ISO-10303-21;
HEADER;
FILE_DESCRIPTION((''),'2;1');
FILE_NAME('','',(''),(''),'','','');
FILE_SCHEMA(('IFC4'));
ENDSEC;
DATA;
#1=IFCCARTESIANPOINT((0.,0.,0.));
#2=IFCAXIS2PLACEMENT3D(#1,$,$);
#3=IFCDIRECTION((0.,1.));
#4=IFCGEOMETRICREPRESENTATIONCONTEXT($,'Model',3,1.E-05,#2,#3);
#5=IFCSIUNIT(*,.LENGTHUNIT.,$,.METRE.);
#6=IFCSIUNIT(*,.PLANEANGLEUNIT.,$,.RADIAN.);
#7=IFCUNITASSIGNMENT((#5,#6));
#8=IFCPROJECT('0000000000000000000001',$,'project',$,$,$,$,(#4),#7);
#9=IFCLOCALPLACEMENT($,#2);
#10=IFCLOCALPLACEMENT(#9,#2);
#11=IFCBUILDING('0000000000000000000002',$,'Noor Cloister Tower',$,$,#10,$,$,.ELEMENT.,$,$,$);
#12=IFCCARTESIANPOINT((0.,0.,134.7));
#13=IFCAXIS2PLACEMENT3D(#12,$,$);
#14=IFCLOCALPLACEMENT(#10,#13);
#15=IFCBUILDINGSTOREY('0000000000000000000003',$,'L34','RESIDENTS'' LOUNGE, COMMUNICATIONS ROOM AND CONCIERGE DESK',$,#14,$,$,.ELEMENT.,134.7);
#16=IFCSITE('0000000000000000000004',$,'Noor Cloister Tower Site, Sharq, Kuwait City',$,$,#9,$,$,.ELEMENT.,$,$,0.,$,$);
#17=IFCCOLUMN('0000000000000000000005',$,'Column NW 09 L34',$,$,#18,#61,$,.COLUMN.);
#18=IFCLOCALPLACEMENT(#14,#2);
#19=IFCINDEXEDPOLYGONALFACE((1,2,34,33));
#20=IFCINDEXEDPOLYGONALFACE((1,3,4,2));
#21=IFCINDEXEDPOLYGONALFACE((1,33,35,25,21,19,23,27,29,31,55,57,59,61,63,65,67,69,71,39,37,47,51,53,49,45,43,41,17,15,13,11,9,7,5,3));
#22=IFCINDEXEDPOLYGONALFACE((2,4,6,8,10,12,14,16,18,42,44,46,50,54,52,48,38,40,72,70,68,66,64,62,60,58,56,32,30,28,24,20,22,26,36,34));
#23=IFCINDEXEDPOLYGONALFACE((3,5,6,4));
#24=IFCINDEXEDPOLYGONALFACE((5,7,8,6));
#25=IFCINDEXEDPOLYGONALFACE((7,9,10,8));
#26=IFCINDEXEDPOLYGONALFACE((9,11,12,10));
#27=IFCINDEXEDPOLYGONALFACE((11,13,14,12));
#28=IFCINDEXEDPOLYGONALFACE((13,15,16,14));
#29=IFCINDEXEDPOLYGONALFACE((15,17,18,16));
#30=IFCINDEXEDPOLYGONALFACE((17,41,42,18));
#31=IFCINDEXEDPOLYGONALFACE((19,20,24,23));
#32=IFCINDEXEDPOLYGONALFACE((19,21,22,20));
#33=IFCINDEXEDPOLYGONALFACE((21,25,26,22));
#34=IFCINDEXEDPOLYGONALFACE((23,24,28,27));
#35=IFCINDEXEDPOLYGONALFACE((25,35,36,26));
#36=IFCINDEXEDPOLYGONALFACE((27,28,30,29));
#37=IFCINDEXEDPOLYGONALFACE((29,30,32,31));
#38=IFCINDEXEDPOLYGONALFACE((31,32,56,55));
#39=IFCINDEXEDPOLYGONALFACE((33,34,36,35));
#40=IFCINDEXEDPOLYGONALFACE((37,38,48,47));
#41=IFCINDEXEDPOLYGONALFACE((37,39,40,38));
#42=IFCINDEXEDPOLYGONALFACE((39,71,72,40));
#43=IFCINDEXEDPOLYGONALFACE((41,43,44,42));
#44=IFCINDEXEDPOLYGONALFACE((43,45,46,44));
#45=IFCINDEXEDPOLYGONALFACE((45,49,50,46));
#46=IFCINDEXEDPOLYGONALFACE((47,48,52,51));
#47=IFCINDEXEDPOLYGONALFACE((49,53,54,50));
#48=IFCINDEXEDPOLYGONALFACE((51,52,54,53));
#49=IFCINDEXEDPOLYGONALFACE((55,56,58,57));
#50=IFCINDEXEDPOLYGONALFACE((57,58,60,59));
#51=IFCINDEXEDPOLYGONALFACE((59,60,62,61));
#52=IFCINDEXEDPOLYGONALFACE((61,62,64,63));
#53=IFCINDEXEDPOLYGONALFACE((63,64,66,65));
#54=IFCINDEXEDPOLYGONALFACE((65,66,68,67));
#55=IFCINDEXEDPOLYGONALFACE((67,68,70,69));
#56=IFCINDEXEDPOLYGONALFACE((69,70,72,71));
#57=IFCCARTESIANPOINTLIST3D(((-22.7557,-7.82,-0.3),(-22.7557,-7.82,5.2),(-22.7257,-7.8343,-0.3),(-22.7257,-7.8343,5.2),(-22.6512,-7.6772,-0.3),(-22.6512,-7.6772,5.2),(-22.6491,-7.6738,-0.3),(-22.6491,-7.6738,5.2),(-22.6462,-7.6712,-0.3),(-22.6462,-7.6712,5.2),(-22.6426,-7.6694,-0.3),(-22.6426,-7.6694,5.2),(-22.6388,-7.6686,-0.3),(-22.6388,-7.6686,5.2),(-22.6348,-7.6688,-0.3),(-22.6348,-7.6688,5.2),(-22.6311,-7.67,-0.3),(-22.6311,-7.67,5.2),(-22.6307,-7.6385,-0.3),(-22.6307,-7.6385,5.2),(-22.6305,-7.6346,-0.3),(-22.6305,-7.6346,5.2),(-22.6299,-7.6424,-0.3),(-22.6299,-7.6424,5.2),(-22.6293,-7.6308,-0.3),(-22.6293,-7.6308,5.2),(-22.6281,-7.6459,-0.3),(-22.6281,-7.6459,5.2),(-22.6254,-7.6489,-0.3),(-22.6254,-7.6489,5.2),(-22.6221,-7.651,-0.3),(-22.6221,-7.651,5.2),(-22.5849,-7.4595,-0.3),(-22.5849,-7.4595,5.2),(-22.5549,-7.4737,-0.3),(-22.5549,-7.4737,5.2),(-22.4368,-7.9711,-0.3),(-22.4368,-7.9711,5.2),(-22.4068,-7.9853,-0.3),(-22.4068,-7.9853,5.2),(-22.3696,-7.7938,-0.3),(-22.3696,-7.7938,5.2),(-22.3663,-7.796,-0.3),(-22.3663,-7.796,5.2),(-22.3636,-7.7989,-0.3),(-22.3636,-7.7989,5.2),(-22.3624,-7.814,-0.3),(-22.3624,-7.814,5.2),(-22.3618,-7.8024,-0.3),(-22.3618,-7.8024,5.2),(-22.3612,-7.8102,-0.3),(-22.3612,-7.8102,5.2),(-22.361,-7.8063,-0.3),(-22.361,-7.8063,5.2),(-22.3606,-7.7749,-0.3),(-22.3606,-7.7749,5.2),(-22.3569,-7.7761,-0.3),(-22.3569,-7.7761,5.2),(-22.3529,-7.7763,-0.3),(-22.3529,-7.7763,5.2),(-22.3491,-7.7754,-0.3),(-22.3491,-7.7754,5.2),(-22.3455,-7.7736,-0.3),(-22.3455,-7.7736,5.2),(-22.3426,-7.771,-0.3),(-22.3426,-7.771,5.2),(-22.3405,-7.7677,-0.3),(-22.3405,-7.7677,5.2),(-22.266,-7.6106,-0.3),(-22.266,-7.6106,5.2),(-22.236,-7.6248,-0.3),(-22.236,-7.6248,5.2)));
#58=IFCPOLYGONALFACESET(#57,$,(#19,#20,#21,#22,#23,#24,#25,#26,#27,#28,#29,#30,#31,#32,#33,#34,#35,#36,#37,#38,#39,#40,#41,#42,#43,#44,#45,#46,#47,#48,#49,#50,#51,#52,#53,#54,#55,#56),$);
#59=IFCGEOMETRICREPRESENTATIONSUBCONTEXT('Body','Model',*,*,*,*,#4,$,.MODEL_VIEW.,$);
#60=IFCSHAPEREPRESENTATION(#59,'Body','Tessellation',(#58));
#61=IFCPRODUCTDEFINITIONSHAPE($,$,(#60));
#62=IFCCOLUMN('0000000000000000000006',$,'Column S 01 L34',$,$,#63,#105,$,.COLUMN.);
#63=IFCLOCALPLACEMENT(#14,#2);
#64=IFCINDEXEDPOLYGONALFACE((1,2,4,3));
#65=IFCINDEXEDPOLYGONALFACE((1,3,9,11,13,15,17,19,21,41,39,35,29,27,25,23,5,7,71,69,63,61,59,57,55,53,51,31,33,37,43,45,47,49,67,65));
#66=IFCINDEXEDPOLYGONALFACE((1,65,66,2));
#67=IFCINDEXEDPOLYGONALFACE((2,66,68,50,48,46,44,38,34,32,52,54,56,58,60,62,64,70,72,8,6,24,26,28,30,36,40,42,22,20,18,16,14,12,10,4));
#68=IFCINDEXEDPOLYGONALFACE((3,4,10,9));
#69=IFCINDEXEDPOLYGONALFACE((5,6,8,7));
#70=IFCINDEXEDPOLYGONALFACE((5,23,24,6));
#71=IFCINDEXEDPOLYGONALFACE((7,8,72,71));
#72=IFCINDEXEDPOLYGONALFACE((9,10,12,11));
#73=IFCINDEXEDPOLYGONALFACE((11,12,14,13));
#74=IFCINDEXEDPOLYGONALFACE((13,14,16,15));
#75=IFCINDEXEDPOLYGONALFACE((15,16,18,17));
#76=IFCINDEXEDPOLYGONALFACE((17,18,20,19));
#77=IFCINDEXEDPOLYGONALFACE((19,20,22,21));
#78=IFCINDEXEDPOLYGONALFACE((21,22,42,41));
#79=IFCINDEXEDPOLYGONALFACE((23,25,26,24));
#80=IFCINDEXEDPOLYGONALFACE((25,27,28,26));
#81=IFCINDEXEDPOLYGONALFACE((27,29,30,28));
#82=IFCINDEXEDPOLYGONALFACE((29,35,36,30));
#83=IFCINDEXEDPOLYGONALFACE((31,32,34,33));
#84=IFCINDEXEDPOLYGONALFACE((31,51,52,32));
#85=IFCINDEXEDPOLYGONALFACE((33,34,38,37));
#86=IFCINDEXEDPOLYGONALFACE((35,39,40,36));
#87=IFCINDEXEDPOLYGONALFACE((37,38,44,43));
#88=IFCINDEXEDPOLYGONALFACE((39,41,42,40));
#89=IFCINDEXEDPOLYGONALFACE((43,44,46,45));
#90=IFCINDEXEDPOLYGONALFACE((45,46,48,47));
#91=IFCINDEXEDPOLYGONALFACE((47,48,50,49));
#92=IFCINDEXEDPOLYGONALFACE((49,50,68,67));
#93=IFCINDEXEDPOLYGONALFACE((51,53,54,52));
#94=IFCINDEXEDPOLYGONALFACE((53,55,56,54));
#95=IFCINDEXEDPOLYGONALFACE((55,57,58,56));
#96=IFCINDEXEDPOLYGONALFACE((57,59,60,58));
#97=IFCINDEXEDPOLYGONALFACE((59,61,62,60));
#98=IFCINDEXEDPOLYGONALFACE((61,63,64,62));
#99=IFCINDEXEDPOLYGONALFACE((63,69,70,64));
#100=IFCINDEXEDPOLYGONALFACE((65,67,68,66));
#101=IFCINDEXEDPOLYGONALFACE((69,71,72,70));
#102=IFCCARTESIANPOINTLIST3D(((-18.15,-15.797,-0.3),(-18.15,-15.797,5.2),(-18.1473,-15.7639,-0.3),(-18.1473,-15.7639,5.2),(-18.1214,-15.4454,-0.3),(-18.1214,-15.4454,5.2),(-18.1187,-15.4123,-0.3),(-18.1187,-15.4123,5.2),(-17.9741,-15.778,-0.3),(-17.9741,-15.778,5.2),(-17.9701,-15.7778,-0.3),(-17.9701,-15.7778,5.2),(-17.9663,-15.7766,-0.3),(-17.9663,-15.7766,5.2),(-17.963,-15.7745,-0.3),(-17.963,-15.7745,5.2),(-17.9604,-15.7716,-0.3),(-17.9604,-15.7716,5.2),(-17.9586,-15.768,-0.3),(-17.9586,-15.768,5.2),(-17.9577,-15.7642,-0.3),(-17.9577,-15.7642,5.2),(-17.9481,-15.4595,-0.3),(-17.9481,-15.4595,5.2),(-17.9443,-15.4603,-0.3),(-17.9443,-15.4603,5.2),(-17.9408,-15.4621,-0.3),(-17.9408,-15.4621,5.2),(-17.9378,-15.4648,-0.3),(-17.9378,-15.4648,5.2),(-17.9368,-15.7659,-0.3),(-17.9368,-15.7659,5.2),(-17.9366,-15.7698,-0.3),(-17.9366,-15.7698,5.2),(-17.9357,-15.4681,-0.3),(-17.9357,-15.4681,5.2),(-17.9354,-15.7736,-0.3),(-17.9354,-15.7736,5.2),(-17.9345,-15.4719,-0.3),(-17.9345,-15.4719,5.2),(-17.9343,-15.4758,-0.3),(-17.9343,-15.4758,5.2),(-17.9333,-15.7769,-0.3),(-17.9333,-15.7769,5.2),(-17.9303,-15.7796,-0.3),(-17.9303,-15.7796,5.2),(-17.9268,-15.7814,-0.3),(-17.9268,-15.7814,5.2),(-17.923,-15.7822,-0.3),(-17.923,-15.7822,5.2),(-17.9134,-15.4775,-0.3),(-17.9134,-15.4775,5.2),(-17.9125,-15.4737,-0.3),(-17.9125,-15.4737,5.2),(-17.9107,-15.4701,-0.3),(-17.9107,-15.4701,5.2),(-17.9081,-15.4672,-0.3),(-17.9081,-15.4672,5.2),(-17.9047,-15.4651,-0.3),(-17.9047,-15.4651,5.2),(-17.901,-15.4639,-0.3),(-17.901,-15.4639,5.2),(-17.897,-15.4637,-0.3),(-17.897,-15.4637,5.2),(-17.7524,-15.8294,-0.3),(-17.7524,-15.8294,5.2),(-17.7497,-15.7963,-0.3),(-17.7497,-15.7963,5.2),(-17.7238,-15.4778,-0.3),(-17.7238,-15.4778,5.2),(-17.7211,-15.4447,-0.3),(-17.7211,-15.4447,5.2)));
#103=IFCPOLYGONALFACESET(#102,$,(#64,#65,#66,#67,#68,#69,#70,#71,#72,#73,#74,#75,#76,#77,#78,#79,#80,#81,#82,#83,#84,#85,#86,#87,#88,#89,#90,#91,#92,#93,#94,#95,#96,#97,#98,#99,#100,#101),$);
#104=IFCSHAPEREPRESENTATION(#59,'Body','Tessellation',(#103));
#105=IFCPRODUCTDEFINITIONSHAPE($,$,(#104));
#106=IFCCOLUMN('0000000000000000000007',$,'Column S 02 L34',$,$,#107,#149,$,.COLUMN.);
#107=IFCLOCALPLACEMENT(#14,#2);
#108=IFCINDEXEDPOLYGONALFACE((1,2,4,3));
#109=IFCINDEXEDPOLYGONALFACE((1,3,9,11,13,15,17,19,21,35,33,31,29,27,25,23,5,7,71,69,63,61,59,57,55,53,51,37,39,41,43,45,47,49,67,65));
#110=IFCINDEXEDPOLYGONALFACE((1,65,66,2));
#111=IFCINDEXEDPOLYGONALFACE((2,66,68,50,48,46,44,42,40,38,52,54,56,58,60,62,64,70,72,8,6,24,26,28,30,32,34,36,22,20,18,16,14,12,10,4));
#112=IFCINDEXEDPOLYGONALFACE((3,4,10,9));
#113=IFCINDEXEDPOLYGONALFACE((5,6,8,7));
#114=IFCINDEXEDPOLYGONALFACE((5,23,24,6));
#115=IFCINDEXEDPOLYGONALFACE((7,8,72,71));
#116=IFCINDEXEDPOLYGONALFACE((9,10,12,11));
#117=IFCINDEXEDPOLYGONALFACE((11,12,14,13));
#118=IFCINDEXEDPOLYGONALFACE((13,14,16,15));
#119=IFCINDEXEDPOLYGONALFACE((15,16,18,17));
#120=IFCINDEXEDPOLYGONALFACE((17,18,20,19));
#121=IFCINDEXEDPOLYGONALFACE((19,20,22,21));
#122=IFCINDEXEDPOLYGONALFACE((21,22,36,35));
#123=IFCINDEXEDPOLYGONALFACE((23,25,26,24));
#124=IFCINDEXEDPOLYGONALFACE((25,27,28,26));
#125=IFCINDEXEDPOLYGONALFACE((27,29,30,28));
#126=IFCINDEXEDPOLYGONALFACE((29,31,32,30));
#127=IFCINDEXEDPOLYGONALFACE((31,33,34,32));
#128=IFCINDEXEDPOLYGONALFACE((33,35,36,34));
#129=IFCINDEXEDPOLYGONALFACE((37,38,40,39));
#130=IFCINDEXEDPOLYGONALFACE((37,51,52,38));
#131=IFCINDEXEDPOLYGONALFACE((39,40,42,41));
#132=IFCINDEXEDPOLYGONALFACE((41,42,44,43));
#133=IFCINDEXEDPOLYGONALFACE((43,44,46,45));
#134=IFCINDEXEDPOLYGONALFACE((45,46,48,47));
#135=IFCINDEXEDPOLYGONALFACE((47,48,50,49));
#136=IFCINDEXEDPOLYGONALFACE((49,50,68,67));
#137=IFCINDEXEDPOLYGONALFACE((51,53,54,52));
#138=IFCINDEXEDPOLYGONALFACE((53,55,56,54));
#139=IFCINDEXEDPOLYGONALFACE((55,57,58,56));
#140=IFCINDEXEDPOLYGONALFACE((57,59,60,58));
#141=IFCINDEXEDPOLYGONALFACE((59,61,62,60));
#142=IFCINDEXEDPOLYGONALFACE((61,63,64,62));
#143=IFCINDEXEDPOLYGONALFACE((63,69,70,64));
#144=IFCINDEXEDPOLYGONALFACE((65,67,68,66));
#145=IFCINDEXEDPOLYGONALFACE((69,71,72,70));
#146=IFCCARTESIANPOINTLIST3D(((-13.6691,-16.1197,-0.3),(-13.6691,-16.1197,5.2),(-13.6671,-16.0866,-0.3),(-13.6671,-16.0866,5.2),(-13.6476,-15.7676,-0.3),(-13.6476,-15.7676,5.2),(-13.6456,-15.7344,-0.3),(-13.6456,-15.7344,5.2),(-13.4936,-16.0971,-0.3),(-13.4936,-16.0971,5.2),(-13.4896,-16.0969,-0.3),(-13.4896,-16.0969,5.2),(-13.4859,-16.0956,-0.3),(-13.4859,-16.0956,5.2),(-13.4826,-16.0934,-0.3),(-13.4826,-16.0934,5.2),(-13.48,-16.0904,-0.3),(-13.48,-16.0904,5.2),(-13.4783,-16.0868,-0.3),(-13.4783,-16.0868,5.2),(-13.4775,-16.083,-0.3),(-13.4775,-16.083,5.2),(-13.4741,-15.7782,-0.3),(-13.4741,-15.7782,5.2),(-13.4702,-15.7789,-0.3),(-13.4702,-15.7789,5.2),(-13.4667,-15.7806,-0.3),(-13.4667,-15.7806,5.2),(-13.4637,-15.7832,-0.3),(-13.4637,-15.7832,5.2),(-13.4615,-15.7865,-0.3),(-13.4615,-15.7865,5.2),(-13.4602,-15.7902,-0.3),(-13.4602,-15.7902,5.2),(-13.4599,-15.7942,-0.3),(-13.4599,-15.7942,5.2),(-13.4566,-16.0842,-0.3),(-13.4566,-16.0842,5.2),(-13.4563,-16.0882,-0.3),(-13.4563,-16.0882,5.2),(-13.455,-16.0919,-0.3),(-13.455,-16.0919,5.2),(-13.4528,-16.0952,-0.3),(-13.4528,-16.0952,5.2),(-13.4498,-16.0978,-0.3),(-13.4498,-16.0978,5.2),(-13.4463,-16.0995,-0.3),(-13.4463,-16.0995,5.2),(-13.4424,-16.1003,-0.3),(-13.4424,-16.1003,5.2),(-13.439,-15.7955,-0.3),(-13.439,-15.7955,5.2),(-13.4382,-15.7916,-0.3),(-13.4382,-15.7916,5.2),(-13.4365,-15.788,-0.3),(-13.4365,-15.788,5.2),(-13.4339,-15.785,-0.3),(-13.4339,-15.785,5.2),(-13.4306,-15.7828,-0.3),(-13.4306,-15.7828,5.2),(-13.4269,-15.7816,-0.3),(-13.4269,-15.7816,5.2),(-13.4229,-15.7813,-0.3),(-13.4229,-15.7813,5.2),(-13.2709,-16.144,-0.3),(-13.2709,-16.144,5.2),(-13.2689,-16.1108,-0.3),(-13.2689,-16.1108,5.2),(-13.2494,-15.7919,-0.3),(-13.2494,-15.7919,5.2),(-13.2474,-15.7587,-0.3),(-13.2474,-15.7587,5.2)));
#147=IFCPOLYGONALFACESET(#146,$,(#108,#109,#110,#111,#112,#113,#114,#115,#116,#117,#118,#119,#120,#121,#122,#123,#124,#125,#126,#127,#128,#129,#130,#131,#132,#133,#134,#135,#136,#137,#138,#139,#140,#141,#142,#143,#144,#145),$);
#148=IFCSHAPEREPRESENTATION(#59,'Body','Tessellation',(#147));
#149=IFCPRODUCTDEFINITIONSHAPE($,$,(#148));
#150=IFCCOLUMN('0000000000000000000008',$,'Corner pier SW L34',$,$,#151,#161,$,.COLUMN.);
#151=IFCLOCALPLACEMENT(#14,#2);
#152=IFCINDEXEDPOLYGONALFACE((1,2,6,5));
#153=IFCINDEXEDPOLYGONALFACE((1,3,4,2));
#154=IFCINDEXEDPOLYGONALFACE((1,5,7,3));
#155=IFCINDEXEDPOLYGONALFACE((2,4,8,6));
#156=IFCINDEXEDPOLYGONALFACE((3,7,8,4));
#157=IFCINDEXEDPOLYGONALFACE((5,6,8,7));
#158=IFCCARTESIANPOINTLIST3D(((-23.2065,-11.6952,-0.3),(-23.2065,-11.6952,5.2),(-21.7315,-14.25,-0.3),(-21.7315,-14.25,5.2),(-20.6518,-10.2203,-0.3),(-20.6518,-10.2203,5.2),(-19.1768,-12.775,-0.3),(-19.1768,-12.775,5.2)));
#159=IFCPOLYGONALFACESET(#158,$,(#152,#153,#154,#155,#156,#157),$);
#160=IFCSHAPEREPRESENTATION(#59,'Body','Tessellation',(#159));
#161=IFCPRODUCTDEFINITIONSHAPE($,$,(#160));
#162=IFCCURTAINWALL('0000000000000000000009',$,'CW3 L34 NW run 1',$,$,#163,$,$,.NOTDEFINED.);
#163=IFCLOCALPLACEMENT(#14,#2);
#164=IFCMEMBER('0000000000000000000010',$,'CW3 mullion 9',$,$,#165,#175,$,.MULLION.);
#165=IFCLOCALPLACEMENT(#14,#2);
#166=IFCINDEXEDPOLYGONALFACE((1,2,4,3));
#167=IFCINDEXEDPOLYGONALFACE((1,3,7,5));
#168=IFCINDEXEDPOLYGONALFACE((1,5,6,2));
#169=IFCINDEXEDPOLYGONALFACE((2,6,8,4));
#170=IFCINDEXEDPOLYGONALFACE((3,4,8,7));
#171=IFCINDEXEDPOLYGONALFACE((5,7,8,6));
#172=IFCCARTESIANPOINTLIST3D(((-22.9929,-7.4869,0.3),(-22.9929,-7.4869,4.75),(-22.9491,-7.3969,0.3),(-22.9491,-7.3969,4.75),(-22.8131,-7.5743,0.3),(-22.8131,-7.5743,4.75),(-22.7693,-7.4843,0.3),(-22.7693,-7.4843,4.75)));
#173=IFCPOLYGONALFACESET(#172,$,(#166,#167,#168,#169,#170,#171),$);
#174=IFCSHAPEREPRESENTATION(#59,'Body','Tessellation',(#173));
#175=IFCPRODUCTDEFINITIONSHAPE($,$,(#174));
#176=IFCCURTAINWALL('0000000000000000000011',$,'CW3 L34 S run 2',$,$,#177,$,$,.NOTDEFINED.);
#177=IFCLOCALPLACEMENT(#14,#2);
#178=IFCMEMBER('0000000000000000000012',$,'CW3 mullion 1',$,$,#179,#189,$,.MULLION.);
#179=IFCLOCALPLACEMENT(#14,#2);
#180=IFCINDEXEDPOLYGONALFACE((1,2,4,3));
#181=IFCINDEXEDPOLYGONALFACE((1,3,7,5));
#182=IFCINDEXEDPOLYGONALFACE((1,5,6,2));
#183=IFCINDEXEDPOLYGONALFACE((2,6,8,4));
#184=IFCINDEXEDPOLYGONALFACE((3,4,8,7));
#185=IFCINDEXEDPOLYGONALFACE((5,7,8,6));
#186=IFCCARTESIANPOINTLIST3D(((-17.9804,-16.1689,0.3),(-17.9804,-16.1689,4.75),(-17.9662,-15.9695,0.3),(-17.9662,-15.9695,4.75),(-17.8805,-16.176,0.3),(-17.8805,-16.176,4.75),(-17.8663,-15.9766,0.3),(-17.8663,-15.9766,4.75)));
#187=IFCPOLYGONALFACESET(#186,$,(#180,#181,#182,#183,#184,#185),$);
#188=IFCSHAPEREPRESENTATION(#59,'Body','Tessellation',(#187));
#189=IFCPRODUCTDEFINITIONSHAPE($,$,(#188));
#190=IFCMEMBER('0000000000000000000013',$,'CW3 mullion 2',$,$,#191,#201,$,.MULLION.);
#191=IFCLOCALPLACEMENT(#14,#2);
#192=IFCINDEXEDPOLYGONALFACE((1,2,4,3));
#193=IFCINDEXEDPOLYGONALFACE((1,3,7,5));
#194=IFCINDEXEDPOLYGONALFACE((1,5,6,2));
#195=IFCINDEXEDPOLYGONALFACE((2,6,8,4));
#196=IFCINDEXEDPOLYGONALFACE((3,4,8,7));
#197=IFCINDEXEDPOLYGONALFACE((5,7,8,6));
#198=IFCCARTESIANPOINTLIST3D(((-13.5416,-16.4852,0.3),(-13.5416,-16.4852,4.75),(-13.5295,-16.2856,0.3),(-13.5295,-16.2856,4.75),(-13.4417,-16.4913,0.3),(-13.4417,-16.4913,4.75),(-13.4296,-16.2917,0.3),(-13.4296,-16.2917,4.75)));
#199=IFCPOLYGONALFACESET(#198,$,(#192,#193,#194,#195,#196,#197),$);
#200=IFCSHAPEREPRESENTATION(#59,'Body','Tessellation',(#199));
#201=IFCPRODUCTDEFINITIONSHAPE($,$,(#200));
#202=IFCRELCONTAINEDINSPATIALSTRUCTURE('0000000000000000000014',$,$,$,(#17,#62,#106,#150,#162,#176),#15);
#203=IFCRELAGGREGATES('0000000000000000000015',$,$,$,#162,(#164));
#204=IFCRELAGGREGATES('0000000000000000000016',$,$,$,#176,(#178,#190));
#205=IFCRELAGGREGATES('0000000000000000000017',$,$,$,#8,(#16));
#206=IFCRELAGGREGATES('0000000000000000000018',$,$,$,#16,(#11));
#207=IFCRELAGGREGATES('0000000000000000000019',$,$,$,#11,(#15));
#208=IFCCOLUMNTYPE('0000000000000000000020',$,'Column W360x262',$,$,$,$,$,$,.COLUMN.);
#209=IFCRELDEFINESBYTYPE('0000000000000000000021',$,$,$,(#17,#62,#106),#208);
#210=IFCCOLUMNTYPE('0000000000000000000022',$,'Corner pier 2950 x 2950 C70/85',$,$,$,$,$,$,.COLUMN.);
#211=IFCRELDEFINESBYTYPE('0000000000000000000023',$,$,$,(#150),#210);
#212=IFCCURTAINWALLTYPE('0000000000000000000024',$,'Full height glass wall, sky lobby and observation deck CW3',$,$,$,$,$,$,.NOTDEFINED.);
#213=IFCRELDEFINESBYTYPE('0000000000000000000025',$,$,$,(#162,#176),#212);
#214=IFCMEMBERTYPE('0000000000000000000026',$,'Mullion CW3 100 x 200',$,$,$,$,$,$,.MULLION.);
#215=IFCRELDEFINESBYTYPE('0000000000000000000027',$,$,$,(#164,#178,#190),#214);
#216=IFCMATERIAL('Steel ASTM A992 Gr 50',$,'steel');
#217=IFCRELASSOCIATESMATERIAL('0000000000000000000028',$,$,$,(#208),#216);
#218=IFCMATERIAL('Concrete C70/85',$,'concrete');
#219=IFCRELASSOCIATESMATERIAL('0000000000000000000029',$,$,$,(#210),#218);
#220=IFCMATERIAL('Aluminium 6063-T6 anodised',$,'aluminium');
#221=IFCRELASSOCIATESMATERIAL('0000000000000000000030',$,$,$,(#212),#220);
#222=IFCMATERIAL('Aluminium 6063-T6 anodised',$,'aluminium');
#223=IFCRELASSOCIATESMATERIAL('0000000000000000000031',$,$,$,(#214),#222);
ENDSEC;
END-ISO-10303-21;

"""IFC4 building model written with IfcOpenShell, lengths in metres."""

from ifc_helpers import new_model, si_unit, direction, frame, origin, origin_2d, place, context, subcontext, project, spatial, rectangle, i_section, extrude, material, material_profile, profile_set, type_object, element, aggregate, save


model = new_model("IFC4")

# Units and contexts
model_context = context("Model", 3, precision=1e-05, world=origin(), true_north=direction((0.0, 1.0)))
body_context = subcontext(model_context, "Body", "Model", "MODEL_VIEW")
ifc_project = project(units=[si_unit("LENGTHUNIT", "METRE"), si_unit("PLANEANGLEUNIT", "RADIAN")], contexts=[model_context])

# Site, building, storey
site_placement = place(None, origin())
site = spatial("IfcSite", under=ifc_project, at=site_placement, Name="Noor Cloister Tower Site, Sharq, Kuwait City", CompositionType="ELEMENT", RefElevation=0.0)
building_placement = place(site_placement, origin())
building = spatial("IfcBuilding", under=site, at=building_placement, Name="Noor Cloister Tower", CompositionType="ELEMENT")
storey_placement = place(building_placement, frame((0.0, 0.0, 134.7)))
storey = spatial("IfcBuildingStorey", under=building, at=storey_placement, Name="L34", Description="RESIDENTS' LOUNGE, COMMUNICATIONS ROOM AND CONCIERGE DESK", CompositionType="ELEMENT", Elevation=134.7)

# Columns
ifc_material_1 = material(Name="Steel ASTM A992 Gr 50", Category="steel")
ifc_material_profile_1 = material_profile(ifc_material_1, i_section(OverallWidth=0.3989, OverallDepth=0.386, WebThickness=0.021, FlangeThickness=0.0332, FilletRadius=0.0151, at=origin_2d()), Name="W360x262")
ifc_profile_set_1 = profile_set([ifc_material_profile_1], Name="Steel ASTM A992 Gr 50")
column_type_1 = type_object("IfcColumnType", Name="Column W360x262", PredefinedType="COLUMN", material=ifc_profile_set_1)
for number, where, z_axis, x_axis, name in (
    (1, (-22.4958, -7.7224, -0.3), (0.0, 0.0, 1.0), (-0.428127, -0.903718, 0.0), "Column NW 09 L34"),
    (2, (-17.9355, -15.6208, -0.3), (0.0, 0.0, 1.0), (0.996707, -0.08109, 0.0), "Column S 01 L34"),
    (3, (-13.4583, -15.9392, -0.3), (0.0, 0.0, 1.0), (0.998147, -0.060847, 0.0), "Column S 02 L34"),
):
    element("IfcColumn", number, at=place(storey_placement, frame(where, z_axis=z_axis, x_axis=x_axis)), inside=storey, type_object=column_type_1, Name=name, PredefinedType="COLUMN", context=body_context, shape_type="SweptSolid", body=[
        extrude(i_section(OverallWidth=0.3989, OverallDepth=0.386, WebThickness=0.021, FlangeThickness=0.0332, FilletRadius=0.0151, at=origin_2d()), origin(), (0.0, 0.0, 1.0), 5.5),
    ])
ifc_material_2 = material(Name="Concrete C70/85", Category="concrete")
ifc_material_profile_2 = material_profile(ifc_material_2, rectangle(XDim=2.95, YDim=2.95, at=origin_2d()), Name="RC 2950x2950")
ifc_profile_set_2 = profile_set([ifc_material_profile_2], Name="Concrete C70/85")
column_type_2 = type_object("IfcColumnType", Name="Corner pier 2950 x 2950 C70/85", PredefinedType="COLUMN", material=ifc_profile_set_2)
column_placement = place(storey_placement, frame((-21.1917, -12.2351, -0.3), z_axis=(0.0, 0.0, 1.0), x_axis=(-0.866025, -0.5, 0.0)))
element("IfcColumn", 4, at=column_placement, inside=storey, type_object=column_type_2, Name="Corner pier SW L34", PredefinedType="COLUMN", context=body_context, shape_type="SweptSolid", body=[
    extrude(rectangle(XDim=2.95, YDim=2.95, at=origin_2d()), origin(), (0.0, 0.0, 1.0), 5.5),
])

# Curtain wall, member
ifc_material_3 = material(Name="Aluminium 6063-T6 anodised", Category="aluminium")
curtain_wall_type = type_object("IfcCurtainWallType", Name="Full height glass wall, sky lobby and observation deck CW3", PredefinedType="NOTDEFINED", material=ifc_material_3)
curtain_wall_1_placement = place(storey_placement, origin())
curtain_wall_1 = element("IfcCurtainWall", 5, at=curtain_wall_1_placement, inside=storey, type_object=curtain_wall_type, Name="CW3 L34 NW run 1", PredefinedType="NOTDEFINED")
ifc_material_4 = material(Name="Aluminium 6063-T6 anodised", Category="aluminium")
ifc_material_profile_3 = material_profile(ifc_material_4, rectangle(XDim=0.2, YDim=0.1001, at=origin_2d()), Name="200 x 100 mullion")
ifc_profile_set_3 = profile_set([ifc_material_profile_3], Name="Aluminium 6063-T6 anodised")
member_type = type_object("IfcMemberType", Name="Mullion CW3 100 x 200", PredefinedType="MULLION", material=ifc_profile_set_3)
member_1_placement = place(storey_placement, frame((-22.8811, -7.4856, 0.3), z_axis=(0.0, 0.0, 1.0), x_axis=(0.899328, -0.437276, 0.0)))
member_1 = element("IfcMember", 6, at=member_1_placement, type_object=member_type, Name="CW3 mullion 9", PredefinedType="MULLION", context=body_context, shape_type="SweptSolid", body=[
    extrude(rectangle(XDim=0.2, YDim=0.1001, at=origin_2d()), origin(), (0.0, 0.0, 1.0), 4.45),
])
aggregate(curtain_wall_1, [member_1])

# Curtain wall, members
curtain_wall_2_placement = place(storey_placement, origin())
curtain_wall_2 = element("IfcCurtainWall", 7, at=curtain_wall_2_placement, inside=storey, type_object=curtain_wall_type, Name="CW3 L34 S run 2", PredefinedType="NOTDEFINED")
member_2_placement = place(storey_placement, frame((-17.9233, -16.0728, 0.3), z_axis=(0.0, 0.0, 1.0), x_axis=(0.070972, 0.997478, 0.0)))
member_2 = element("IfcMember", 8, at=member_2_placement, type_object=member_type, Name="CW3 mullion 1", PredefinedType="MULLION", context=body_context, shape_type="SweptSolid", body=[
    extrude(rectangle(XDim=0.2, YDim=0.1001, at=origin_2d()), origin(), (0.0, 0.0, 1.0), 4.45),
])
member_3_placement = place(storey_placement, frame((-13.4856, -16.3884, 0.3), z_axis=(0.0, 0.0, 1.0), x_axis=(0.060847, 0.998147, 0.0)))
member_3 = element("IfcMember", 9, at=member_3_placement, type_object=member_type, Name="CW3 mullion 2", PredefinedType="MULLION", context=body_context, shape_type="SweptSolid", body=[
    extrude(rectangle(XDim=0.2, YDim=0.1001, at=origin_2d()), origin(), (0.0, 0.0, 1.0), 4.45),
])

aggregate(curtain_wall_2, [member_2, member_3])

save(model, "model.ifc")
